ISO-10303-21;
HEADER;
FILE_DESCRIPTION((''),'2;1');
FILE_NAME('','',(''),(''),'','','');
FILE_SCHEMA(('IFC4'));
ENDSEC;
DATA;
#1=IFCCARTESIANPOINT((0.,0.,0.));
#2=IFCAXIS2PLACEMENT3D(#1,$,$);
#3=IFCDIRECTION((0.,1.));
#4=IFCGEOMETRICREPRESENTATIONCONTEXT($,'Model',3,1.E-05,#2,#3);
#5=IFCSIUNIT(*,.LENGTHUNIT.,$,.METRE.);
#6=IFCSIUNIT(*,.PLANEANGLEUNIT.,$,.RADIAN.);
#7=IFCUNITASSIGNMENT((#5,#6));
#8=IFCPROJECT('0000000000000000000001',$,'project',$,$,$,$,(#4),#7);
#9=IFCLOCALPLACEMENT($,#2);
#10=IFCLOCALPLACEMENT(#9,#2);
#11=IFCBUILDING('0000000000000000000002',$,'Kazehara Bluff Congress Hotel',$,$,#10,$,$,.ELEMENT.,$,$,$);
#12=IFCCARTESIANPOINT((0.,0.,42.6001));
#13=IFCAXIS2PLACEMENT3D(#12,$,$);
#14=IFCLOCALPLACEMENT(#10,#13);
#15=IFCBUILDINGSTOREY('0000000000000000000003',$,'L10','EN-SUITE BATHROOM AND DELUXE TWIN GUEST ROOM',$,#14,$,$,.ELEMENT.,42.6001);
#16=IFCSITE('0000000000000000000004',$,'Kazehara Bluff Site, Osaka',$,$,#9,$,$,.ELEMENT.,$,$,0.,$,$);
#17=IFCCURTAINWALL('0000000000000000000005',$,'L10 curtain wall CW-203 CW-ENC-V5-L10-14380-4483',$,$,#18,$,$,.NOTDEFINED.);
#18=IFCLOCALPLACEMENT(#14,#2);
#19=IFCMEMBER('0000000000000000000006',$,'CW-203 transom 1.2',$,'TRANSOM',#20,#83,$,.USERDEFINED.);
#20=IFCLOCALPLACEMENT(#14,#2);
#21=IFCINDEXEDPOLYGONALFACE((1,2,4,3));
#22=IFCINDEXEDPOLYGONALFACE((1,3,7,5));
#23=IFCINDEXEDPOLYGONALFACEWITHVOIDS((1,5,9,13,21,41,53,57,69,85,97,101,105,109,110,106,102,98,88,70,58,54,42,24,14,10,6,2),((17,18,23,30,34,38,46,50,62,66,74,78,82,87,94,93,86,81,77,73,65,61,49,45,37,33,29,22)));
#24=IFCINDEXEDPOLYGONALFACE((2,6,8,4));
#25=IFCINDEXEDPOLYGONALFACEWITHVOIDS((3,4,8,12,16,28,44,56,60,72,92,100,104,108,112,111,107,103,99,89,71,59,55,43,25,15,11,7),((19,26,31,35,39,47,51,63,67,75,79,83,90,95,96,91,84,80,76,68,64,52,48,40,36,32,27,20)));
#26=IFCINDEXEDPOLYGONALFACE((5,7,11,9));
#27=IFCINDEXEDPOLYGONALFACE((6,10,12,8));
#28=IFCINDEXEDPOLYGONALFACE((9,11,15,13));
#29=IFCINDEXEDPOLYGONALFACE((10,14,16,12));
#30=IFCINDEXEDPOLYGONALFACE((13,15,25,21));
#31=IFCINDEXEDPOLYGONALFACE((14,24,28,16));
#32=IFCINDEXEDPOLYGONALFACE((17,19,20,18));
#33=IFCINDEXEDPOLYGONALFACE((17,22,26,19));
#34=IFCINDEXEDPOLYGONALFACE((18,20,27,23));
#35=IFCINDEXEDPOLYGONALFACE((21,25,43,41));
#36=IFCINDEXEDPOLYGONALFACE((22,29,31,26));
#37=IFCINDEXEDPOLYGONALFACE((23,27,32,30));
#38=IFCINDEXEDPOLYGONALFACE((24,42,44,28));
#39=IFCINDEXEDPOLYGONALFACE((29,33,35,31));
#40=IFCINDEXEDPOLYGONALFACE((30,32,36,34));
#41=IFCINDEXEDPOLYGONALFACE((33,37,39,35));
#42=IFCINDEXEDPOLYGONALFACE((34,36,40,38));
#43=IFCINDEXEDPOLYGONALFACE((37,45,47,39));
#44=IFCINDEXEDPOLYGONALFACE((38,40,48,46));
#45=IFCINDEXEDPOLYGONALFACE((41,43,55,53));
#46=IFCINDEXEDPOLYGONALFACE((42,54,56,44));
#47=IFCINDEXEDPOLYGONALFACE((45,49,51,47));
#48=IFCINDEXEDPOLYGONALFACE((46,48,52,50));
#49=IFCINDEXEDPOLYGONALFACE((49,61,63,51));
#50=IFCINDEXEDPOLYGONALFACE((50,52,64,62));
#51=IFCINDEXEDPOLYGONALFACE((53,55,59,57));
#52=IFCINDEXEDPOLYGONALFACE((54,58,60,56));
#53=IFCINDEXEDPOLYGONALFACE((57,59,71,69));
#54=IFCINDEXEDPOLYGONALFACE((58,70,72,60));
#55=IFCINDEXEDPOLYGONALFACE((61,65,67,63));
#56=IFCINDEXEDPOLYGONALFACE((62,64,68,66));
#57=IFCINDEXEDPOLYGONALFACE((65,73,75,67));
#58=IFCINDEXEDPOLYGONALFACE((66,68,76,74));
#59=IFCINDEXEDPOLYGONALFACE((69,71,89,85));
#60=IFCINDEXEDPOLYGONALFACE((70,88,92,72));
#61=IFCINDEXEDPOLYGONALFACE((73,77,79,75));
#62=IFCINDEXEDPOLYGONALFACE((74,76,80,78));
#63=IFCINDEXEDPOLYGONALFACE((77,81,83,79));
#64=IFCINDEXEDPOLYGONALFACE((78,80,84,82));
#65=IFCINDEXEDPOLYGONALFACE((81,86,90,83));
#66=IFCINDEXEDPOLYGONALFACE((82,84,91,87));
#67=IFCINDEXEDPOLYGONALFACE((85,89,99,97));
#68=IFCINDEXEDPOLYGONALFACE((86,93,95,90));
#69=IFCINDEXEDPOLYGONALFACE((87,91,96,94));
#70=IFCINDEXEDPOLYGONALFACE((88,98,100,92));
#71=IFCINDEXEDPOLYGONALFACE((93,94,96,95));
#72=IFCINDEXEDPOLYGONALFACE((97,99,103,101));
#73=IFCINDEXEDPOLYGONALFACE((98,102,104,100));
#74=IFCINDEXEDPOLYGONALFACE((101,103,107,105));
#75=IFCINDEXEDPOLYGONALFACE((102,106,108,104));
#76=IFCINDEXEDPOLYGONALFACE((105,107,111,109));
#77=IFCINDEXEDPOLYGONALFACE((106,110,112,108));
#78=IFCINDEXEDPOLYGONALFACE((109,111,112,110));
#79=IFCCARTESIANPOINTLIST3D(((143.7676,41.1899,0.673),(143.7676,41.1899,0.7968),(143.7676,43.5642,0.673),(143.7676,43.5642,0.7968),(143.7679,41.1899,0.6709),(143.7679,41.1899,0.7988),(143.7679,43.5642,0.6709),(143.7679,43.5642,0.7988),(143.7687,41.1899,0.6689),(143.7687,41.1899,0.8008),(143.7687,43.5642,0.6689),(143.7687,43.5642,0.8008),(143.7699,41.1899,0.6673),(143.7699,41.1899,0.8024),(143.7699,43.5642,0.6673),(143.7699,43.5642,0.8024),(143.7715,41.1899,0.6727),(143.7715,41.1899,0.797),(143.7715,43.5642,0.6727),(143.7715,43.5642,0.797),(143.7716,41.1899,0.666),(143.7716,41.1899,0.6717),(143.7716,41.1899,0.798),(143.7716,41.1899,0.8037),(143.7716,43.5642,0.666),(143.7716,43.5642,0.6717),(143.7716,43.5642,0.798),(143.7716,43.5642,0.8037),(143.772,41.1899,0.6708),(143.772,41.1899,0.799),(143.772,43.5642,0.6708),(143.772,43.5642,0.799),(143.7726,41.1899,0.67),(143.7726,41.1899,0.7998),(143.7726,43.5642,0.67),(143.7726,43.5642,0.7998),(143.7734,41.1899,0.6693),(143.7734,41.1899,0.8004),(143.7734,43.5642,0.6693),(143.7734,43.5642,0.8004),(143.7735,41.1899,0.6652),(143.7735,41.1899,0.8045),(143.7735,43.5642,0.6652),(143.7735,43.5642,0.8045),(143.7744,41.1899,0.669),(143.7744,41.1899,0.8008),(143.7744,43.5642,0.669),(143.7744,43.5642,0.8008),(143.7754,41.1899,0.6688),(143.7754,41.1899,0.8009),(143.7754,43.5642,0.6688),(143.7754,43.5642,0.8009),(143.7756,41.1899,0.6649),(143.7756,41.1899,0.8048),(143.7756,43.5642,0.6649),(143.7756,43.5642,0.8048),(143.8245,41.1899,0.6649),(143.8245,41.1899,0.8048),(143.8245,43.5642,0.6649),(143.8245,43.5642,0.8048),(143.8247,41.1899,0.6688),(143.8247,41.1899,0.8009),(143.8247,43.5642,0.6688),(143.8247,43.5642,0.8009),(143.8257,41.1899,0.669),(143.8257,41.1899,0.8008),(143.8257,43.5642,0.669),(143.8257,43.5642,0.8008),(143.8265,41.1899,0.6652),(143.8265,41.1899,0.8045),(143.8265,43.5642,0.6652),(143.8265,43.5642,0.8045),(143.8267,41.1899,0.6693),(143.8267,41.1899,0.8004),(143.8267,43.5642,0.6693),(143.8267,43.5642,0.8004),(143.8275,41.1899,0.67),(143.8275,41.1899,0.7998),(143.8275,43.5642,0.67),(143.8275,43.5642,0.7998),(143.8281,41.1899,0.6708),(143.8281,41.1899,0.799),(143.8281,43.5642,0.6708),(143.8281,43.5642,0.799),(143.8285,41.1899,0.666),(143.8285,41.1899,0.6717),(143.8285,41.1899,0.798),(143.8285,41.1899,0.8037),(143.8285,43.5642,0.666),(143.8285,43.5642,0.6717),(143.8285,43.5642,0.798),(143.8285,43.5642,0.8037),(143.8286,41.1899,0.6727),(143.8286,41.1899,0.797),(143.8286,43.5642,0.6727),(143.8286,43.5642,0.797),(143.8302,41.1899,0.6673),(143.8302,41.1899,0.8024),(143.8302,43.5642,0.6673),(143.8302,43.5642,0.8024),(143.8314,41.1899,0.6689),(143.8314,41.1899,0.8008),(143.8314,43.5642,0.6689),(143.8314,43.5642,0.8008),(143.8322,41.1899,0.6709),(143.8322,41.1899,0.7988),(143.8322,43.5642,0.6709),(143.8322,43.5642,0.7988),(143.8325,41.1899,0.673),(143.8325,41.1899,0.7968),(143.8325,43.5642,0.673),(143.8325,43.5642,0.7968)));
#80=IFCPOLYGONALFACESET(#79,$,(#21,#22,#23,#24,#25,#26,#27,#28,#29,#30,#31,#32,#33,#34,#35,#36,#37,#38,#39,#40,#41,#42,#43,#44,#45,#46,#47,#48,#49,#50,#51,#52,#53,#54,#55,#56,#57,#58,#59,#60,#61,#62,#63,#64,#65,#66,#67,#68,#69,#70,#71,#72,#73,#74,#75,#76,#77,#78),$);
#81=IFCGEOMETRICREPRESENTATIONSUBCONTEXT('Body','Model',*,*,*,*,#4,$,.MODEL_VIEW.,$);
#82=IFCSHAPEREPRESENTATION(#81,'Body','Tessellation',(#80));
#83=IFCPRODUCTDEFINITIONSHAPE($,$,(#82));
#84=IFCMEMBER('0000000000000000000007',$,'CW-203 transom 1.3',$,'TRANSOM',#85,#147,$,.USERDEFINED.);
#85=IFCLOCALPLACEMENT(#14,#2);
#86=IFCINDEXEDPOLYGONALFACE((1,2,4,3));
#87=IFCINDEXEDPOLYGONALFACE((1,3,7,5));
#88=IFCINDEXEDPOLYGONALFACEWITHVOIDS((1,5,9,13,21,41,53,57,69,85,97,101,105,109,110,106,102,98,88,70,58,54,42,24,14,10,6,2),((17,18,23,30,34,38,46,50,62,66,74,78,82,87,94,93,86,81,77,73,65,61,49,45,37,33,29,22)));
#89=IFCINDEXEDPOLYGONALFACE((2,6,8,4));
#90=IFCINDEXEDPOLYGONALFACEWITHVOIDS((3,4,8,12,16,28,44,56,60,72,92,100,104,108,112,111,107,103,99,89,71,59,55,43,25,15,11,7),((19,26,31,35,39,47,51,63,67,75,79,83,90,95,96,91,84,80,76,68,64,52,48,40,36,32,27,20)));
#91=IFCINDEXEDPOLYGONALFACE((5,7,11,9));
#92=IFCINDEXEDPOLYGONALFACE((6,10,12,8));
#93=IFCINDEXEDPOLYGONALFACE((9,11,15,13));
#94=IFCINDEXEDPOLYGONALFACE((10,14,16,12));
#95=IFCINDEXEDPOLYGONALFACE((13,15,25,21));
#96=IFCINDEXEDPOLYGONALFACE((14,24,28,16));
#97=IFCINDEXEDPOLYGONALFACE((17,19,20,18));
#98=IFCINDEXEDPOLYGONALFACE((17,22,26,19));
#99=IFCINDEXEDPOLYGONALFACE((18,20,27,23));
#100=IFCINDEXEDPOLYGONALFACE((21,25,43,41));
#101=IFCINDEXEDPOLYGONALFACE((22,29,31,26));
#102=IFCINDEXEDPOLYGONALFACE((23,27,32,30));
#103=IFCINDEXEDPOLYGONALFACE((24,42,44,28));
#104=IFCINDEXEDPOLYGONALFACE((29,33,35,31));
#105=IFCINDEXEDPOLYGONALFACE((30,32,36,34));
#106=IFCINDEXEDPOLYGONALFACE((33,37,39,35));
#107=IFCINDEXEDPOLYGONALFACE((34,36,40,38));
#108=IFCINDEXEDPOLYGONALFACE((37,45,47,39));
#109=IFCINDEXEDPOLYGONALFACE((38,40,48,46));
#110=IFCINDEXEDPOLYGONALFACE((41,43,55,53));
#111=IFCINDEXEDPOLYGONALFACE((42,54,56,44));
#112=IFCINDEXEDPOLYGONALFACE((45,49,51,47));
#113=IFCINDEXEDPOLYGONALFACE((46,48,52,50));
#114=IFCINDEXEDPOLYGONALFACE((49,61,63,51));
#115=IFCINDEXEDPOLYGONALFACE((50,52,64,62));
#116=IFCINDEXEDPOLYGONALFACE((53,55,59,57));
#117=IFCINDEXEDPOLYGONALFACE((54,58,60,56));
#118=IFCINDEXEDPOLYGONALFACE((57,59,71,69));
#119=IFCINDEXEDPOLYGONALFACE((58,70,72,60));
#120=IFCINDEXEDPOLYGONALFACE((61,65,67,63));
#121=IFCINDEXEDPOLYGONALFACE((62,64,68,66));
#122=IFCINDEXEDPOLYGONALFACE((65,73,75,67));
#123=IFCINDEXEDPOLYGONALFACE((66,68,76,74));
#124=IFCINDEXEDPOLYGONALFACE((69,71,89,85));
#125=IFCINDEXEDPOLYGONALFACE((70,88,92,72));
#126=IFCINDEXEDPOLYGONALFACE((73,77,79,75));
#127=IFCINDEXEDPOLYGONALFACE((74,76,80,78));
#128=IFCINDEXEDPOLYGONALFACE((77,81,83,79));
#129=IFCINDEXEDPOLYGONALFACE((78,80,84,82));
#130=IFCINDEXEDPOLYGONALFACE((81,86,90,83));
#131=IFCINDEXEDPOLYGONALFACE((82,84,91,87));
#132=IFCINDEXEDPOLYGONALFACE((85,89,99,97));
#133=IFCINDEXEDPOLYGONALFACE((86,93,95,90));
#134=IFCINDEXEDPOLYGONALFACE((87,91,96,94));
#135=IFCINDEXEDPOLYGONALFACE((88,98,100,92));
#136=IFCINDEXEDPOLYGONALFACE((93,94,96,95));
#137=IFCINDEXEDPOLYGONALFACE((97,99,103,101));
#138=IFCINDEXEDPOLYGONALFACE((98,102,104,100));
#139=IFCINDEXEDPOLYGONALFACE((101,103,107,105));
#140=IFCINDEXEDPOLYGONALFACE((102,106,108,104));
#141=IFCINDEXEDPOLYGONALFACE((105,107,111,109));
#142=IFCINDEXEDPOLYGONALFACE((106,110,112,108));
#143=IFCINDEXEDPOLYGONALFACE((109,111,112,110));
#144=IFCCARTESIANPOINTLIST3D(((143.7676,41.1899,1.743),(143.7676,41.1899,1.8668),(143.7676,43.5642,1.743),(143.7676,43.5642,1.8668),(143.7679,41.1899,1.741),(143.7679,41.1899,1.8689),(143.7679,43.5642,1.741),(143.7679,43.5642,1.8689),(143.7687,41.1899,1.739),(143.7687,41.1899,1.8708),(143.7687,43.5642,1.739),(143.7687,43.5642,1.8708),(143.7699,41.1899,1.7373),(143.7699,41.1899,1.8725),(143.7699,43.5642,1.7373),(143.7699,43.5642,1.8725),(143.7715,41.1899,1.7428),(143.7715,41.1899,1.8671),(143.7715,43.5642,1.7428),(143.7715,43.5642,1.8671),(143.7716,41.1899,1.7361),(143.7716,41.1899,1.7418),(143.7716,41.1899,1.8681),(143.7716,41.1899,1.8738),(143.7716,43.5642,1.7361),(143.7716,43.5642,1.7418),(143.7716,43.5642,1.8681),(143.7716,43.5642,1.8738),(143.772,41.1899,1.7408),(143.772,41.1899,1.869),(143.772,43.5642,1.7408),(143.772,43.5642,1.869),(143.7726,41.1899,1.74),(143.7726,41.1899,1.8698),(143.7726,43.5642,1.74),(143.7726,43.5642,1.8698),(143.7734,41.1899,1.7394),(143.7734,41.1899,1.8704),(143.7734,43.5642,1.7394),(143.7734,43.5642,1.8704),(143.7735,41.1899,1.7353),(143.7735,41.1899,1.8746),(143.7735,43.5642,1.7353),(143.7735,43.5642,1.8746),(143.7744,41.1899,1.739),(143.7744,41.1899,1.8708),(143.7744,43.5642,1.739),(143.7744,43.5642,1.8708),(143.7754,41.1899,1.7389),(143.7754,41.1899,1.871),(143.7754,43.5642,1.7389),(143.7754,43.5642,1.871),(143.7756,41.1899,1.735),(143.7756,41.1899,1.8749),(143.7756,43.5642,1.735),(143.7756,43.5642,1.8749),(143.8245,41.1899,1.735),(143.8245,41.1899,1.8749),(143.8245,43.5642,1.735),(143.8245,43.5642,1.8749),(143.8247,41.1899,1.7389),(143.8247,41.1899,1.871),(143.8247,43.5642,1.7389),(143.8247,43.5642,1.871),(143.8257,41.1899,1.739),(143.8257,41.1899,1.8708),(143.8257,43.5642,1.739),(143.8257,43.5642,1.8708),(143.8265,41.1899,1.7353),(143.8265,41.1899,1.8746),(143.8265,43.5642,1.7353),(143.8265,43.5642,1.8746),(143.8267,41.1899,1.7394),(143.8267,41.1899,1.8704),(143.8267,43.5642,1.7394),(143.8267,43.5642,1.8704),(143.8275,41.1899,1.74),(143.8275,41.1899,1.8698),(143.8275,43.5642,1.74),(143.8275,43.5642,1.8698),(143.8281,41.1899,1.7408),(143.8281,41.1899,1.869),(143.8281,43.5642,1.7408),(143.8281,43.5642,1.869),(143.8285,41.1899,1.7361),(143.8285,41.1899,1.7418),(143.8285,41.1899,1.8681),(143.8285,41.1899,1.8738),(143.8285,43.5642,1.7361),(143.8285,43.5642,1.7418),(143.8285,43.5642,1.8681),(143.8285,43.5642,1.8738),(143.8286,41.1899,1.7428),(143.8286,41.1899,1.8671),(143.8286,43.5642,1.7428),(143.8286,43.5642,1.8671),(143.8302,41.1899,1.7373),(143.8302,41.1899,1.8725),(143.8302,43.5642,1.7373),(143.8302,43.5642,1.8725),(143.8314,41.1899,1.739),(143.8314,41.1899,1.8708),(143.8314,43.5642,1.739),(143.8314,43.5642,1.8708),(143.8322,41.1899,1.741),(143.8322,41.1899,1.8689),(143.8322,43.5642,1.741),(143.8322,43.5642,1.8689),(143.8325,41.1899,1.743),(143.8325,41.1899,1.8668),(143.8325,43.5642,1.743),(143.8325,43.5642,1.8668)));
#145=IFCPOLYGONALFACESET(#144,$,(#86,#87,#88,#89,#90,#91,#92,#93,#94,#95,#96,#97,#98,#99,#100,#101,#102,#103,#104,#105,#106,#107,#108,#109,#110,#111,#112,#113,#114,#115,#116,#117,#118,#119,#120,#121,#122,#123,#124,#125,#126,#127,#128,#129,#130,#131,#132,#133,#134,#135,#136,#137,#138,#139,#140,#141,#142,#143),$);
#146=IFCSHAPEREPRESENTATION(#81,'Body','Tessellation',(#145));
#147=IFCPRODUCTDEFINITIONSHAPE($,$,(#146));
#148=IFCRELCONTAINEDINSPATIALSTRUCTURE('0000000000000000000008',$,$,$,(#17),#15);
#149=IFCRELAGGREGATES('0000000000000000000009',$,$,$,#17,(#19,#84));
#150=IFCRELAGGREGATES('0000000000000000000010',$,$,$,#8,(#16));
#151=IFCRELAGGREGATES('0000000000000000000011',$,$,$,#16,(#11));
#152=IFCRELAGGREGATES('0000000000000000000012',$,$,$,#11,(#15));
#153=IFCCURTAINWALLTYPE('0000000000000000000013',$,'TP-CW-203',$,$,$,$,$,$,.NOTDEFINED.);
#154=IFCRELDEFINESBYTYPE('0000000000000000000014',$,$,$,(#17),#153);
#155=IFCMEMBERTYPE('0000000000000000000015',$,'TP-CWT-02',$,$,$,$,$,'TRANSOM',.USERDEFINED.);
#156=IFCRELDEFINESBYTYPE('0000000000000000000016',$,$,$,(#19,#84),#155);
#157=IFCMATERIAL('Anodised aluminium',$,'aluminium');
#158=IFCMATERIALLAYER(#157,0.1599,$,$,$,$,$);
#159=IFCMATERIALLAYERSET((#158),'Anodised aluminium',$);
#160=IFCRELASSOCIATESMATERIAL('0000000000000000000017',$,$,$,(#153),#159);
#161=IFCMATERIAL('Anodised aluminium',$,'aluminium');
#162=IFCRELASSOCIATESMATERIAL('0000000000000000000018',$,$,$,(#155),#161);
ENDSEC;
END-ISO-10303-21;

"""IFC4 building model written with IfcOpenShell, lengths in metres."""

from ifc_helpers import new_model, si_unit, direction, frame, origin, origin_2d, place, context, subcontext, project, spatial, hollow_rectangle, extrude, material, layer, layer_set, material_profile, profile_set, type_object, element, aggregate, save


model = new_model("IFC4")

# Units and contexts
model_context = context("Model", 3, precision=1e-05, world=origin(), true_north=direction((0.0, 1.0)))
body_context = subcontext(model_context, "Body", "Model", "MODEL_VIEW")
ifc_project = project(units=[si_unit("LENGTHUNIT", "METRE"), si_unit("PLANEANGLEUNIT", "RADIAN")], contexts=[model_context])

# Site, building, storey
site_placement = place(None, origin())
site = spatial("IfcSite", under=ifc_project, at=site_placement, Name="Kazehara Bluff Site, Osaka", CompositionType="ELEMENT", RefElevation=0.0)
building_placement = place(site_placement, origin())
building = spatial("IfcBuilding", under=site, at=building_placement, Name="Kazehara Bluff Congress Hotel", CompositionType="ELEMENT")
storey_placement = place(building_placement, frame((0.0, 0.0, 42.6001)))
storey = spatial("IfcBuildingStorey", under=building, at=storey_placement, Name="L10", Description="EN-SUITE BATHROOM AND DELUXE TWIN GUEST ROOM", CompositionType="ELEMENT", Elevation=42.6001)

# Curtain wall
ifc_material_1 = material(Name="Anodised aluminium", Category="aluminium")
ifc_layer_1 = layer(ifc_material_1, 0.1599)
ifc_layer_set_1 = layer_set([ifc_layer_1], Name="Anodised aluminium")
curtain_wall_type_1 = type_object("IfcCurtainWallType", Name="TP-CW-203", PredefinedType="NOTDEFINED", material=ifc_layer_set_1)
curtain_wall_1_placement = place(storey_placement, origin())
curtain_wall_1 = element("IfcCurtainWall", 1, at=curtain_wall_1_placement, inside=storey, type_object=curtain_wall_type_1, Name="L10 curtain wall CW-203 CW-ENC-V5-L10-14380-4483", PredefinedType="NOTDEFINED")

# Members
ifc_material_2 = material(Name="Anodised aluminium", Category="aluminium")
ifc_material_profile_1 = material_profile(ifc_material_2, hollow_rectangle(XDim=0.0649, YDim=0.1399, WallThickness=0.0039, InnerFilletRadius=0.0039, OuterFilletRadius=0.0081, at=origin_2d()))
ifc_profile_set_1 = profile_set([ifc_material_profile_1], Name="Anodised aluminium")
member_type_1 = type_object("IfcMemberType", Name="TP-CWT-02", ElementType="TRANSOM", PredefinedType="USERDEFINED", material=ifc_profile_set_1)
member_1_placement = place(storey_placement, frame((143.8, 41.1899, 0.7349), z_axis=(0.0, 1.0, 0.0), x_axis=(-1.0, 0.0, 0.0)))
member_1 = element("IfcMember", 2, at=member_1_placement, type_object=member_type_1, Name="CW-203 transom 1.2", ObjectType="TRANSOM", PredefinedType="USERDEFINED", context=body_context, shape_type="SweptSolid", body=[
    extrude(hollow_rectangle(XDim=0.0649, YDim=0.1399, WallThickness=0.0039, InnerFilletRadius=0.0039, OuterFilletRadius=0.0081, at=origin_2d()), origin(), (0.0, 0.0, 1.0), 2.3743),
])
member_2_placement = place(storey_placement, frame((143.8, 41.1899, 1.8049), z_axis=(0.0, 1.0, 0.0), x_axis=(-1.0, 0.0, 0.0)))
member_2 = element("IfcMember", 3, at=member_2_placement, type_object=member_type_1, Name="CW-203 transom 1.3", ObjectType="TRANSOM", PredefinedType="USERDEFINED", context=body_context, shape_type="SweptSolid", body=[
    extrude(hollow_rectangle(XDim=0.0649, YDim=0.1399, WallThickness=0.0039, InnerFilletRadius=0.0039, OuterFilletRadius=0.0081, at=origin_2d()), origin(), (0.0, 0.0, 1.0), 2.3743),
])

aggregate(curtain_wall_1, [member_1, member_2])

save(model, "model.ifc")
